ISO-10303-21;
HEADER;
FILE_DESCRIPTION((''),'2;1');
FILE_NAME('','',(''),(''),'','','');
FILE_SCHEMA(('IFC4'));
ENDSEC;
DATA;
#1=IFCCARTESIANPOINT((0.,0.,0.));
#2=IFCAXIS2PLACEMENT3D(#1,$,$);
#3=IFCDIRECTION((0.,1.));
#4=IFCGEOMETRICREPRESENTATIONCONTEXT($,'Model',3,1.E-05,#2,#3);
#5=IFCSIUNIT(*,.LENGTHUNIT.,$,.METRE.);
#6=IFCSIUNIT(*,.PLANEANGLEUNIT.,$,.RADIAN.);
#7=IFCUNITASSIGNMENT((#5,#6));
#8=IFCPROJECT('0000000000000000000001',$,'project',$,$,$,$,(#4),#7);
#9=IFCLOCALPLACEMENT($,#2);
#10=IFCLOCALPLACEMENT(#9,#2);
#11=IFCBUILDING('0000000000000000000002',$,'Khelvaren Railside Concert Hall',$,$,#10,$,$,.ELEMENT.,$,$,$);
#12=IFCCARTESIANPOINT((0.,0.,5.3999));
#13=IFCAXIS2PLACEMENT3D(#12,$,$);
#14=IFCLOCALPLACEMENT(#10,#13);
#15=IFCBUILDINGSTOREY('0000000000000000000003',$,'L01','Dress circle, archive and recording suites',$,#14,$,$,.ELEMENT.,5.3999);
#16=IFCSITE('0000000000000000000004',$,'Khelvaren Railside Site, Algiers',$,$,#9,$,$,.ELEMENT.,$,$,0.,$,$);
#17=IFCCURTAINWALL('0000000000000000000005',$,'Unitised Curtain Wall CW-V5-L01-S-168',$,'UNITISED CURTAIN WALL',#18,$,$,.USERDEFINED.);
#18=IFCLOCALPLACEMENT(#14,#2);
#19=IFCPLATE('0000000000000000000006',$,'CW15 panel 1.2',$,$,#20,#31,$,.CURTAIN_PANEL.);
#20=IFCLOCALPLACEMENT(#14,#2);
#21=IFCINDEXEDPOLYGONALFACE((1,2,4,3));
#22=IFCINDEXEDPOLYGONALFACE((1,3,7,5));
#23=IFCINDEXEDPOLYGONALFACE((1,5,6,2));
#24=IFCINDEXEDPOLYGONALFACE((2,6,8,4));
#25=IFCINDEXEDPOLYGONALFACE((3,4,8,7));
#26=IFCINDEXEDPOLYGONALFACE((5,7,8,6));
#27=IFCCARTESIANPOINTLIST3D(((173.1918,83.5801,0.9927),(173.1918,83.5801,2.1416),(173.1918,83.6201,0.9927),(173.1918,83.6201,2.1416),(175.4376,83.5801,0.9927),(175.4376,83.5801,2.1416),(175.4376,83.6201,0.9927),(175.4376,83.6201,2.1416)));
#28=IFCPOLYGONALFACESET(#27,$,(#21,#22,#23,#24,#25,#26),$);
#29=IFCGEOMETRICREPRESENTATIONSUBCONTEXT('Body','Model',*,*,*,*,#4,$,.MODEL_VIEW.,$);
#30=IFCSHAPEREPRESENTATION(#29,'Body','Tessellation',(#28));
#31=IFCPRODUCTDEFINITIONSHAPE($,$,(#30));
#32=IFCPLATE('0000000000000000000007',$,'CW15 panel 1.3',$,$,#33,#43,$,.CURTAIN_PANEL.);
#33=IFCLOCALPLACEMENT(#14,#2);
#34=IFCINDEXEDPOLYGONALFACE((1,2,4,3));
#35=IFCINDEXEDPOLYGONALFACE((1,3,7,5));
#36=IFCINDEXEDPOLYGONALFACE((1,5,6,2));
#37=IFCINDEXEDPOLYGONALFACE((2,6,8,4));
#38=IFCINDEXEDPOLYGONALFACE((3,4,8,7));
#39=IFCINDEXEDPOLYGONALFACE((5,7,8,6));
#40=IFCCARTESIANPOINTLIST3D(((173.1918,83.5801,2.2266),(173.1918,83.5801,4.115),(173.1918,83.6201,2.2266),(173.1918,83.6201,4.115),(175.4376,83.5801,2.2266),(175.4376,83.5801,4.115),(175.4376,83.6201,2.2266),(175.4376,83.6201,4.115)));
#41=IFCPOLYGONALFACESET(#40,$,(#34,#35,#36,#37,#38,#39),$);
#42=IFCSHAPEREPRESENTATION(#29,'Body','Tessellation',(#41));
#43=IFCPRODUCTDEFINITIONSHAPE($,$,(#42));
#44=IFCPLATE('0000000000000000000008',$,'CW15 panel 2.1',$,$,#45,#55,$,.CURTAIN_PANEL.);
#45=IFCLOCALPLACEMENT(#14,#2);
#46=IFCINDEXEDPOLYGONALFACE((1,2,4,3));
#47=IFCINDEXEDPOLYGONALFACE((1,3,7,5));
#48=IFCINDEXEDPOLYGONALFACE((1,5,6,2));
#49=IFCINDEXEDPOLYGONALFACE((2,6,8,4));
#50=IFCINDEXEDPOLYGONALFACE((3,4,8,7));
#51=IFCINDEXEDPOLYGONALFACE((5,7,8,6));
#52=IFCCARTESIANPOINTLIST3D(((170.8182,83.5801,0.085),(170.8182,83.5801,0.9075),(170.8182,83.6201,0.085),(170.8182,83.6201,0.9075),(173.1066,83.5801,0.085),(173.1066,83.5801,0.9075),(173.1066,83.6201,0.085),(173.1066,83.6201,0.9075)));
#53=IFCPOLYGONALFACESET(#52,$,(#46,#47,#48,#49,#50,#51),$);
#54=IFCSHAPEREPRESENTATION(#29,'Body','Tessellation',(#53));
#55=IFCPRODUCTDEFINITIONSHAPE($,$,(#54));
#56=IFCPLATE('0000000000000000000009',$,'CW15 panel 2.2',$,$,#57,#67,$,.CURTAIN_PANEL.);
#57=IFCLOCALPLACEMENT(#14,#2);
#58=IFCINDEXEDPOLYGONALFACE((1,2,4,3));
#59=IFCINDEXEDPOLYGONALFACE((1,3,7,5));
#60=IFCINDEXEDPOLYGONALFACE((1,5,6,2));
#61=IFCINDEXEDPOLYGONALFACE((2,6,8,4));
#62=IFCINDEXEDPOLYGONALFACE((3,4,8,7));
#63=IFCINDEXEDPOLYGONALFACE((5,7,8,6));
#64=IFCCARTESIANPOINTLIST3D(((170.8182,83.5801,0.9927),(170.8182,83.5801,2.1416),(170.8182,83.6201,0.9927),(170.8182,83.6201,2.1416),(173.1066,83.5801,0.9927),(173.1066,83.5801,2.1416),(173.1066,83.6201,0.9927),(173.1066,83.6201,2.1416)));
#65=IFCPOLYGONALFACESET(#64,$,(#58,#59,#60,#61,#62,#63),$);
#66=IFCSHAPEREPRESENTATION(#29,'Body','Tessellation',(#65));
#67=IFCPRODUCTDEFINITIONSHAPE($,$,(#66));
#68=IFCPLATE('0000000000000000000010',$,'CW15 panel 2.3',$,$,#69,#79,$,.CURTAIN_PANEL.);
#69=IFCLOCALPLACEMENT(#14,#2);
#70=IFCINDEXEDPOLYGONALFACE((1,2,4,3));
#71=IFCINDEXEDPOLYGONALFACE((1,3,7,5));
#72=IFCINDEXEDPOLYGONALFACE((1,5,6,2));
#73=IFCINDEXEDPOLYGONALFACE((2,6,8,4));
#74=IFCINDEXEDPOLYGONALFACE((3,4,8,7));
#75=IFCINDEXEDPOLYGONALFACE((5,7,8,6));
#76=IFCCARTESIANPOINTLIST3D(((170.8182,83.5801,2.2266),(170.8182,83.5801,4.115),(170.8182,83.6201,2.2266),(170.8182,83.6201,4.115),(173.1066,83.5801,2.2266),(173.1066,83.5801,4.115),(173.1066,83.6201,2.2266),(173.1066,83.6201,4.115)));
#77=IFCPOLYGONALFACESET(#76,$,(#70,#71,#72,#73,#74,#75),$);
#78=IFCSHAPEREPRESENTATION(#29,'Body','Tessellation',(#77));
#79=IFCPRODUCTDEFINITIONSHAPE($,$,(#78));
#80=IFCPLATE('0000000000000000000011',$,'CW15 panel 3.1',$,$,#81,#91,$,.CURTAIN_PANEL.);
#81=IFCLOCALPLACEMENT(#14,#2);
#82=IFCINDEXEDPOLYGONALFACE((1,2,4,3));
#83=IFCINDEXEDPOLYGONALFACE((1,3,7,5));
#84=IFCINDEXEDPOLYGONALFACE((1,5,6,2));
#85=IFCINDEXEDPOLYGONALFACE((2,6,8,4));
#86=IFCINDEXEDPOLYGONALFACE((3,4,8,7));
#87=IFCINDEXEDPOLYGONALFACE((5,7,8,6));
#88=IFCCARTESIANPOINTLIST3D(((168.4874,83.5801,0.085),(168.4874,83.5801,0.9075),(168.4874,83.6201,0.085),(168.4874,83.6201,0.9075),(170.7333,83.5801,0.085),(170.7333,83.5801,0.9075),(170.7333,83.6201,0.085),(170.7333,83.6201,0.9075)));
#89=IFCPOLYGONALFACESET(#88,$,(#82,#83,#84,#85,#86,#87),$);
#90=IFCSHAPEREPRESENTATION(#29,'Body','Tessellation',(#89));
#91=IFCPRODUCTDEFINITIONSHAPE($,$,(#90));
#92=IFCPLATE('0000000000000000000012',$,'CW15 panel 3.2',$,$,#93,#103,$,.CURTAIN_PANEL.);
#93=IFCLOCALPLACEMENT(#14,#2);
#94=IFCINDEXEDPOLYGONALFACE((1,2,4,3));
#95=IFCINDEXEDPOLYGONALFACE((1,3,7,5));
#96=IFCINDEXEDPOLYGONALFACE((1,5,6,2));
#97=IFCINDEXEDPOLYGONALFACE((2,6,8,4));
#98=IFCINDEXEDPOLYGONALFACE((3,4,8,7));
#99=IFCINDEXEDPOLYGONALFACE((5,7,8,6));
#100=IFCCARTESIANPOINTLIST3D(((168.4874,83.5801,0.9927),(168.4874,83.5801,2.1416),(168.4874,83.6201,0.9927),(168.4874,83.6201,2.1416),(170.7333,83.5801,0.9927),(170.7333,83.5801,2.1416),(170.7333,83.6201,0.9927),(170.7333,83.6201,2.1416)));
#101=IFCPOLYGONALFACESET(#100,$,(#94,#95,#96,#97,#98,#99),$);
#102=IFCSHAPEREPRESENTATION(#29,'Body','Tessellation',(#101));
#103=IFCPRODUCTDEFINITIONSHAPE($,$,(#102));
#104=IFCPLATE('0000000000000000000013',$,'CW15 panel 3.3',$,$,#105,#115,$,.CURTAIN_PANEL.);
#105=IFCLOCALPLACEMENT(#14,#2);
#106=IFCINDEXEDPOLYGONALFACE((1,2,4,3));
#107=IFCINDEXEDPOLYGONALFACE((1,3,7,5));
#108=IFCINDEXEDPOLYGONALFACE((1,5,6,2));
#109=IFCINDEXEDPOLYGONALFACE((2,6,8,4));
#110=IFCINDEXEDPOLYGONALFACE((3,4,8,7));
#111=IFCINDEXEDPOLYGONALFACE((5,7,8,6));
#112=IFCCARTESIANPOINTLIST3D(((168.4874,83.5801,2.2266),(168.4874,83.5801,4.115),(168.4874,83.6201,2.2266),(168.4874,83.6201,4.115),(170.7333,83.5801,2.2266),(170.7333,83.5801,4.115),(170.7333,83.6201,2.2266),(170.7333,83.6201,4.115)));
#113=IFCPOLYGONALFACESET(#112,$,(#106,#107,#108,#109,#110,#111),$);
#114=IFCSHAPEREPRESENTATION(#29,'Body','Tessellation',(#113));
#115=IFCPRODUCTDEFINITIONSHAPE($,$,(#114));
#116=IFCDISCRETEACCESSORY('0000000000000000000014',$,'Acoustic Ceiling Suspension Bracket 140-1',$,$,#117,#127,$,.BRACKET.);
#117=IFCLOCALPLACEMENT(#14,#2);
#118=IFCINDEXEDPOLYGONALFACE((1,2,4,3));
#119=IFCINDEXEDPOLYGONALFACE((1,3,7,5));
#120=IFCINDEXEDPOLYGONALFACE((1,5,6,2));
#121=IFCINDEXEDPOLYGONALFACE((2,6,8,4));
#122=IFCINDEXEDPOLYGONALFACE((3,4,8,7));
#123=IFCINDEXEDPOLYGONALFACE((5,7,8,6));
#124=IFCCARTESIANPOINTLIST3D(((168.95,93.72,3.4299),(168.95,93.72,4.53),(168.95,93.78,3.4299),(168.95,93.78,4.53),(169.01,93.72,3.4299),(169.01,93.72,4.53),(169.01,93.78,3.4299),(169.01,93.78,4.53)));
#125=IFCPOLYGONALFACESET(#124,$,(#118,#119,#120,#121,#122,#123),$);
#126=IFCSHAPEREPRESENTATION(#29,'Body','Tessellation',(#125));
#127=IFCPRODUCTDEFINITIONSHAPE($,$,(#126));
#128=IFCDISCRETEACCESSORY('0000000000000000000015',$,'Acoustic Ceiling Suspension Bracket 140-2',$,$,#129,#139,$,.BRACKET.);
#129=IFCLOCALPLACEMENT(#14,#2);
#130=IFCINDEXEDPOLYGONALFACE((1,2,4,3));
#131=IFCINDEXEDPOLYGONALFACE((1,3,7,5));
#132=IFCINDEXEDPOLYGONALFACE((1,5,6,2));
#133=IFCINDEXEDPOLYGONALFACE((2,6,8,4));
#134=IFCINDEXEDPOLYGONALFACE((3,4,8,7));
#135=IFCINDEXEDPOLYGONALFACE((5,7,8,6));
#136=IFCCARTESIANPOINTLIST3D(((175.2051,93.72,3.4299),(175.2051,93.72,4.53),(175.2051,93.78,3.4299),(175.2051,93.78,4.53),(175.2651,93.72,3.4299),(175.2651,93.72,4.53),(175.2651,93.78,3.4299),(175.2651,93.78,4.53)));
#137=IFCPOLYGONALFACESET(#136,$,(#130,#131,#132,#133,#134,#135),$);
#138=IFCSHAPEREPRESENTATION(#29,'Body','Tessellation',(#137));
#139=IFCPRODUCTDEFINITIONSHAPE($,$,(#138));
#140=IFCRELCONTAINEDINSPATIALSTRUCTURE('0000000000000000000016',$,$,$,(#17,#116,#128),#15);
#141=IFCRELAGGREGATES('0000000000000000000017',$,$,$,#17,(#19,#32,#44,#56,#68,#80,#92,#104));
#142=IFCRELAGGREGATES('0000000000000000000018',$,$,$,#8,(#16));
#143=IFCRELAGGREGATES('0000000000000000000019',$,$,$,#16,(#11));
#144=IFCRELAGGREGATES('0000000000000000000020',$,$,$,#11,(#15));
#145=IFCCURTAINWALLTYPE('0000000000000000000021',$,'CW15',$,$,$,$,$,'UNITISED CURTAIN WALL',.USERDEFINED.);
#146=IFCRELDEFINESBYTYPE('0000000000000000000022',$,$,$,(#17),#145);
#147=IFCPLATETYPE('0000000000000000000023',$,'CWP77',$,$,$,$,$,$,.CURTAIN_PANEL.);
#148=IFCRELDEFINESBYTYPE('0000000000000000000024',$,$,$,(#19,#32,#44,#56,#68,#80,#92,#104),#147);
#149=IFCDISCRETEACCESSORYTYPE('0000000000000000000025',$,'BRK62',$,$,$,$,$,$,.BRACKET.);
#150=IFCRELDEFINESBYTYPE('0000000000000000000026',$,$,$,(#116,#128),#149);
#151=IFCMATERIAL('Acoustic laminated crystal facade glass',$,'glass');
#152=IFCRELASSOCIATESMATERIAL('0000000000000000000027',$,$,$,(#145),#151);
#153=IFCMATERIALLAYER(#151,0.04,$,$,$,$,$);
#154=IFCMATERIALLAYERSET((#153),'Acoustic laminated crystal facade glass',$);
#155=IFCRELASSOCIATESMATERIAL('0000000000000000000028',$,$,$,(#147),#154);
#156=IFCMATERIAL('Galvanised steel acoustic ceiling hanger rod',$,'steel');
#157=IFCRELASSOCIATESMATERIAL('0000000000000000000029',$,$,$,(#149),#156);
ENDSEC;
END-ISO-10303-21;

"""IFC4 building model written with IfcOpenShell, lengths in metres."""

from ifc_helpers import new_model, si_unit, direction, frame, origin, origin_2d, place, context, subcontext, project, spatial, rectangle, extrude, material, layer, layer_set, type_object, element, aggregate, save


model = new_model("IFC4")

# Units and contexts
model_context = context("Model", 3, precision=1e-05, world=origin(), true_north=direction((0.0, 1.0)))
body_context = subcontext(model_context, "Body", "Model", "MODEL_VIEW")
ifc_project = project(units=[si_unit("LENGTHUNIT", "METRE"), si_unit("PLANEANGLEUNIT", "RADIAN")], contexts=[model_context])

# Site, building, storey
site_placement = place(None, origin())
site = spatial("IfcSite", under=ifc_project, at=site_placement, Name="Khelvaren Railside Site, Algiers", CompositionType="ELEMENT", RefElevation=0.0)
building_placement = place(site_placement, origin())
building = spatial("IfcBuilding", under=site, at=building_placement, Name="Khelvaren Railside Concert Hall", CompositionType="ELEMENT")
storey_placement = place(building_placement, frame((0.0, 0.0, 5.3999)))
storey = spatial("IfcBuildingStorey", under=building, at=storey_placement, Name="L01", Description="Dress circle, archive and recording suites", CompositionType="ELEMENT", Elevation=5.3999)

# Curtain wall
ifc_material_1 = material(Name="Acoustic laminated crystal facade glass", Category="glass")
curtain_wall_type = type_object("IfcCurtainWallType", Name="CW15", ElementType="UNITISED CURTAIN WALL", PredefinedType="USERDEFINED", material=ifc_material_1)
curtain_wall_placement = place(storey_placement, origin())
curtain_wall = element("IfcCurtainWall", 1, at=curtain_wall_placement, inside=storey, type_object=curtain_wall_type, Name="Unitised Curtain Wall CW-V5-L01-S-168", ObjectType="UNITISED CURTAIN WALL", PredefinedType="USERDEFINED")

# Plates
ifc_layer = layer(ifc_material_1, 0.04)
ifc_layer_set = layer_set([ifc_layer], Name="Acoustic laminated crystal facade glass")
plate_type = type_object("IfcPlateType", Name="CWP77", PredefinedType="CURTAIN_PANEL", material=ifc_layer_set)
plate_1_placement = place(storey_placement, frame((174.3147, 83.6001, 0.9927), z_axis=(0.0, 0.0, 1.0), x_axis=(-1.0, 0.0, 0.0)))
plate_1 = element("IfcPlate", 2, at=plate_1_placement, type_object=plate_type, Name="CW15 panel 1.2", PredefinedType="CURTAIN_PANEL", context=body_context, shape_type="SweptSolid", body=[
    extrude(rectangle(XDim=2.2458, YDim=0.04, at=origin_2d()), origin(), (0.0, 0.0, 1.0), 1.1489),
])
plate_2_placement = place(storey_placement, frame((174.3147, 83.6001, 2.2266), z_axis=(0.0, 0.0, 1.0), x_axis=(-1.0, 0.0, 0.0)))
plate_2 = element("IfcPlate", 3, at=plate_2_placement, type_object=plate_type, Name="CW15 panel 1.3", PredefinedType="CURTAIN_PANEL", context=body_context, shape_type="SweptSolid", body=[
    extrude(rectangle(XDim=2.2458, YDim=0.04, at=origin_2d()), origin(), (0.0, 0.0, 1.0), 1.8884),
])
plate_3_placement = place(storey_placement, frame((171.9624, 83.6001, 0.085), z_axis=(0.0, 0.0, 1.0), x_axis=(-1.0, 0.0, 0.0)))
plate_3 = element("IfcPlate", 4, at=plate_3_placement, type_object=plate_type, Name="CW15 panel 2.1", PredefinedType="CURTAIN_PANEL", context=body_context, shape_type="SweptSolid", body=[
    extrude(rectangle(XDim=2.2883, YDim=0.04, at=origin_2d()), origin(), (0.0, 0.0, 1.0), 0.8225),
])
plate_4_placement = place(storey_placement, frame((171.9624, 83.6001, 0.9927), z_axis=(0.0, 0.0, 1.0), x_axis=(-1.0, 0.0, 0.0)))
plate_4 = element("IfcPlate", 5, at=plate_4_placement, type_object=plate_type, Name="CW15 panel 2.2", PredefinedType="CURTAIN_PANEL", context=body_context, shape_type="SweptSolid", body=[
    extrude(rectangle(XDim=2.2883, YDim=0.04, at=origin_2d()), origin(), (0.0, 0.0, 1.0), 1.1489),
])
plate_5_placement = place(storey_placement, frame((171.9624, 83.6001, 2.2266), z_axis=(0.0, 0.0, 1.0), x_axis=(-1.0, 0.0, 0.0)))
plate_5 = element("IfcPlate", 6, at=plate_5_placement, type_object=plate_type, Name="CW15 panel 2.3", PredefinedType="CURTAIN_PANEL", context=body_context, shape_type="SweptSolid", body=[
    extrude(rectangle(XDim=2.2883, YDim=0.04, at=origin_2d()), origin(), (0.0, 0.0, 1.0), 1.8884),
])
plate_6_placement = place(storey_placement, frame((169.6104, 83.6001, 0.085), z_axis=(0.0, 0.0, 1.0), x_axis=(-1.0, 0.0, 0.0)))
plate_6 = element("IfcPlate", 7, at=plate_6_placement, type_object=plate_type, Name="CW15 panel 3.1", PredefinedType="CURTAIN_PANEL", context=body_context, shape_type="SweptSolid", body=[
    extrude(rectangle(XDim=2.2458, YDim=0.04, at=origin_2d()), origin(), (0.0, 0.0, 1.0), 0.8225),
])
plate_7_placement = place(storey_placement, frame((169.6104, 83.6001, 0.9927), z_axis=(0.0, 0.0, 1.0), x_axis=(-1.0, 0.0, 0.0)))
plate_7 = element("IfcPlate", 8, at=plate_7_placement, type_object=plate_type, Name="CW15 panel 3.2", PredefinedType="CURTAIN_PANEL", context=body_context, shape_type="SweptSolid", body=[
    extrude(rectangle(XDim=2.2458, YDim=0.04, at=origin_2d()), origin(), (0.0, 0.0, 1.0), 1.1489),
])
plate_8_placement = place(storey_placement, frame((169.6104, 83.6001, 2.2266), z_axis=(0.0, 0.0, 1.0), x_axis=(-1.0, 0.0, 0.0)))
plate_8 = element("IfcPlate", 9, at=plate_8_placement, type_object=plate_type, Name="CW15 panel 3.3", PredefinedType="CURTAIN_PANEL", context=body_context, shape_type="SweptSolid", body=[
    extrude(rectangle(XDim=2.2458, YDim=0.04, at=origin_2d()), origin(), (0.0, 0.0, 1.0), 1.8884),
])
aggregate(curtain_wall, [plate_1, plate_2, plate_3, plate_4, plate_5, plate_6, plate_7, plate_8])

# Discrete accessories
ifc_material_2 = material(Name="Galvanised steel acoustic ceiling hanger rod", Category="steel")
discrete_accessory_type = type_object("IfcDiscreteAccessoryType", Name="BRK62", PredefinedType="BRACKET", material=ifc_material_2)
for number, where, z_axis, x_axis, name in (
    (10, (168.98, 93.75, 3.4299), (0.0, 0.0, 1.0), (1.0, 0.0, 0.0), "Acoustic Ceiling Suspension Bracket 140-1"),
    (11, (175.2351, 93.75, 3.4299), (0.0, 0.0, 1.0), (1.0, 0.0, 0.0), "Acoustic Ceiling Suspension Bracket 140-2"),
):
    element("IfcDiscreteAccessory", number, at=place(storey_placement, frame(where, z_axis=z_axis, x_axis=x_axis)), inside=storey, type_object=discrete_accessory_type, Name=name, PredefinedType="BRACKET", context=body_context, shape_type="SweptSolid", body=[
        extrude(rectangle(XDim=0.0601, YDim=0.0601, at=origin_2d()), origin(), (0.0, 0.0, 1.0), 1.1001),
    ])

save(model, "model.ifc")
